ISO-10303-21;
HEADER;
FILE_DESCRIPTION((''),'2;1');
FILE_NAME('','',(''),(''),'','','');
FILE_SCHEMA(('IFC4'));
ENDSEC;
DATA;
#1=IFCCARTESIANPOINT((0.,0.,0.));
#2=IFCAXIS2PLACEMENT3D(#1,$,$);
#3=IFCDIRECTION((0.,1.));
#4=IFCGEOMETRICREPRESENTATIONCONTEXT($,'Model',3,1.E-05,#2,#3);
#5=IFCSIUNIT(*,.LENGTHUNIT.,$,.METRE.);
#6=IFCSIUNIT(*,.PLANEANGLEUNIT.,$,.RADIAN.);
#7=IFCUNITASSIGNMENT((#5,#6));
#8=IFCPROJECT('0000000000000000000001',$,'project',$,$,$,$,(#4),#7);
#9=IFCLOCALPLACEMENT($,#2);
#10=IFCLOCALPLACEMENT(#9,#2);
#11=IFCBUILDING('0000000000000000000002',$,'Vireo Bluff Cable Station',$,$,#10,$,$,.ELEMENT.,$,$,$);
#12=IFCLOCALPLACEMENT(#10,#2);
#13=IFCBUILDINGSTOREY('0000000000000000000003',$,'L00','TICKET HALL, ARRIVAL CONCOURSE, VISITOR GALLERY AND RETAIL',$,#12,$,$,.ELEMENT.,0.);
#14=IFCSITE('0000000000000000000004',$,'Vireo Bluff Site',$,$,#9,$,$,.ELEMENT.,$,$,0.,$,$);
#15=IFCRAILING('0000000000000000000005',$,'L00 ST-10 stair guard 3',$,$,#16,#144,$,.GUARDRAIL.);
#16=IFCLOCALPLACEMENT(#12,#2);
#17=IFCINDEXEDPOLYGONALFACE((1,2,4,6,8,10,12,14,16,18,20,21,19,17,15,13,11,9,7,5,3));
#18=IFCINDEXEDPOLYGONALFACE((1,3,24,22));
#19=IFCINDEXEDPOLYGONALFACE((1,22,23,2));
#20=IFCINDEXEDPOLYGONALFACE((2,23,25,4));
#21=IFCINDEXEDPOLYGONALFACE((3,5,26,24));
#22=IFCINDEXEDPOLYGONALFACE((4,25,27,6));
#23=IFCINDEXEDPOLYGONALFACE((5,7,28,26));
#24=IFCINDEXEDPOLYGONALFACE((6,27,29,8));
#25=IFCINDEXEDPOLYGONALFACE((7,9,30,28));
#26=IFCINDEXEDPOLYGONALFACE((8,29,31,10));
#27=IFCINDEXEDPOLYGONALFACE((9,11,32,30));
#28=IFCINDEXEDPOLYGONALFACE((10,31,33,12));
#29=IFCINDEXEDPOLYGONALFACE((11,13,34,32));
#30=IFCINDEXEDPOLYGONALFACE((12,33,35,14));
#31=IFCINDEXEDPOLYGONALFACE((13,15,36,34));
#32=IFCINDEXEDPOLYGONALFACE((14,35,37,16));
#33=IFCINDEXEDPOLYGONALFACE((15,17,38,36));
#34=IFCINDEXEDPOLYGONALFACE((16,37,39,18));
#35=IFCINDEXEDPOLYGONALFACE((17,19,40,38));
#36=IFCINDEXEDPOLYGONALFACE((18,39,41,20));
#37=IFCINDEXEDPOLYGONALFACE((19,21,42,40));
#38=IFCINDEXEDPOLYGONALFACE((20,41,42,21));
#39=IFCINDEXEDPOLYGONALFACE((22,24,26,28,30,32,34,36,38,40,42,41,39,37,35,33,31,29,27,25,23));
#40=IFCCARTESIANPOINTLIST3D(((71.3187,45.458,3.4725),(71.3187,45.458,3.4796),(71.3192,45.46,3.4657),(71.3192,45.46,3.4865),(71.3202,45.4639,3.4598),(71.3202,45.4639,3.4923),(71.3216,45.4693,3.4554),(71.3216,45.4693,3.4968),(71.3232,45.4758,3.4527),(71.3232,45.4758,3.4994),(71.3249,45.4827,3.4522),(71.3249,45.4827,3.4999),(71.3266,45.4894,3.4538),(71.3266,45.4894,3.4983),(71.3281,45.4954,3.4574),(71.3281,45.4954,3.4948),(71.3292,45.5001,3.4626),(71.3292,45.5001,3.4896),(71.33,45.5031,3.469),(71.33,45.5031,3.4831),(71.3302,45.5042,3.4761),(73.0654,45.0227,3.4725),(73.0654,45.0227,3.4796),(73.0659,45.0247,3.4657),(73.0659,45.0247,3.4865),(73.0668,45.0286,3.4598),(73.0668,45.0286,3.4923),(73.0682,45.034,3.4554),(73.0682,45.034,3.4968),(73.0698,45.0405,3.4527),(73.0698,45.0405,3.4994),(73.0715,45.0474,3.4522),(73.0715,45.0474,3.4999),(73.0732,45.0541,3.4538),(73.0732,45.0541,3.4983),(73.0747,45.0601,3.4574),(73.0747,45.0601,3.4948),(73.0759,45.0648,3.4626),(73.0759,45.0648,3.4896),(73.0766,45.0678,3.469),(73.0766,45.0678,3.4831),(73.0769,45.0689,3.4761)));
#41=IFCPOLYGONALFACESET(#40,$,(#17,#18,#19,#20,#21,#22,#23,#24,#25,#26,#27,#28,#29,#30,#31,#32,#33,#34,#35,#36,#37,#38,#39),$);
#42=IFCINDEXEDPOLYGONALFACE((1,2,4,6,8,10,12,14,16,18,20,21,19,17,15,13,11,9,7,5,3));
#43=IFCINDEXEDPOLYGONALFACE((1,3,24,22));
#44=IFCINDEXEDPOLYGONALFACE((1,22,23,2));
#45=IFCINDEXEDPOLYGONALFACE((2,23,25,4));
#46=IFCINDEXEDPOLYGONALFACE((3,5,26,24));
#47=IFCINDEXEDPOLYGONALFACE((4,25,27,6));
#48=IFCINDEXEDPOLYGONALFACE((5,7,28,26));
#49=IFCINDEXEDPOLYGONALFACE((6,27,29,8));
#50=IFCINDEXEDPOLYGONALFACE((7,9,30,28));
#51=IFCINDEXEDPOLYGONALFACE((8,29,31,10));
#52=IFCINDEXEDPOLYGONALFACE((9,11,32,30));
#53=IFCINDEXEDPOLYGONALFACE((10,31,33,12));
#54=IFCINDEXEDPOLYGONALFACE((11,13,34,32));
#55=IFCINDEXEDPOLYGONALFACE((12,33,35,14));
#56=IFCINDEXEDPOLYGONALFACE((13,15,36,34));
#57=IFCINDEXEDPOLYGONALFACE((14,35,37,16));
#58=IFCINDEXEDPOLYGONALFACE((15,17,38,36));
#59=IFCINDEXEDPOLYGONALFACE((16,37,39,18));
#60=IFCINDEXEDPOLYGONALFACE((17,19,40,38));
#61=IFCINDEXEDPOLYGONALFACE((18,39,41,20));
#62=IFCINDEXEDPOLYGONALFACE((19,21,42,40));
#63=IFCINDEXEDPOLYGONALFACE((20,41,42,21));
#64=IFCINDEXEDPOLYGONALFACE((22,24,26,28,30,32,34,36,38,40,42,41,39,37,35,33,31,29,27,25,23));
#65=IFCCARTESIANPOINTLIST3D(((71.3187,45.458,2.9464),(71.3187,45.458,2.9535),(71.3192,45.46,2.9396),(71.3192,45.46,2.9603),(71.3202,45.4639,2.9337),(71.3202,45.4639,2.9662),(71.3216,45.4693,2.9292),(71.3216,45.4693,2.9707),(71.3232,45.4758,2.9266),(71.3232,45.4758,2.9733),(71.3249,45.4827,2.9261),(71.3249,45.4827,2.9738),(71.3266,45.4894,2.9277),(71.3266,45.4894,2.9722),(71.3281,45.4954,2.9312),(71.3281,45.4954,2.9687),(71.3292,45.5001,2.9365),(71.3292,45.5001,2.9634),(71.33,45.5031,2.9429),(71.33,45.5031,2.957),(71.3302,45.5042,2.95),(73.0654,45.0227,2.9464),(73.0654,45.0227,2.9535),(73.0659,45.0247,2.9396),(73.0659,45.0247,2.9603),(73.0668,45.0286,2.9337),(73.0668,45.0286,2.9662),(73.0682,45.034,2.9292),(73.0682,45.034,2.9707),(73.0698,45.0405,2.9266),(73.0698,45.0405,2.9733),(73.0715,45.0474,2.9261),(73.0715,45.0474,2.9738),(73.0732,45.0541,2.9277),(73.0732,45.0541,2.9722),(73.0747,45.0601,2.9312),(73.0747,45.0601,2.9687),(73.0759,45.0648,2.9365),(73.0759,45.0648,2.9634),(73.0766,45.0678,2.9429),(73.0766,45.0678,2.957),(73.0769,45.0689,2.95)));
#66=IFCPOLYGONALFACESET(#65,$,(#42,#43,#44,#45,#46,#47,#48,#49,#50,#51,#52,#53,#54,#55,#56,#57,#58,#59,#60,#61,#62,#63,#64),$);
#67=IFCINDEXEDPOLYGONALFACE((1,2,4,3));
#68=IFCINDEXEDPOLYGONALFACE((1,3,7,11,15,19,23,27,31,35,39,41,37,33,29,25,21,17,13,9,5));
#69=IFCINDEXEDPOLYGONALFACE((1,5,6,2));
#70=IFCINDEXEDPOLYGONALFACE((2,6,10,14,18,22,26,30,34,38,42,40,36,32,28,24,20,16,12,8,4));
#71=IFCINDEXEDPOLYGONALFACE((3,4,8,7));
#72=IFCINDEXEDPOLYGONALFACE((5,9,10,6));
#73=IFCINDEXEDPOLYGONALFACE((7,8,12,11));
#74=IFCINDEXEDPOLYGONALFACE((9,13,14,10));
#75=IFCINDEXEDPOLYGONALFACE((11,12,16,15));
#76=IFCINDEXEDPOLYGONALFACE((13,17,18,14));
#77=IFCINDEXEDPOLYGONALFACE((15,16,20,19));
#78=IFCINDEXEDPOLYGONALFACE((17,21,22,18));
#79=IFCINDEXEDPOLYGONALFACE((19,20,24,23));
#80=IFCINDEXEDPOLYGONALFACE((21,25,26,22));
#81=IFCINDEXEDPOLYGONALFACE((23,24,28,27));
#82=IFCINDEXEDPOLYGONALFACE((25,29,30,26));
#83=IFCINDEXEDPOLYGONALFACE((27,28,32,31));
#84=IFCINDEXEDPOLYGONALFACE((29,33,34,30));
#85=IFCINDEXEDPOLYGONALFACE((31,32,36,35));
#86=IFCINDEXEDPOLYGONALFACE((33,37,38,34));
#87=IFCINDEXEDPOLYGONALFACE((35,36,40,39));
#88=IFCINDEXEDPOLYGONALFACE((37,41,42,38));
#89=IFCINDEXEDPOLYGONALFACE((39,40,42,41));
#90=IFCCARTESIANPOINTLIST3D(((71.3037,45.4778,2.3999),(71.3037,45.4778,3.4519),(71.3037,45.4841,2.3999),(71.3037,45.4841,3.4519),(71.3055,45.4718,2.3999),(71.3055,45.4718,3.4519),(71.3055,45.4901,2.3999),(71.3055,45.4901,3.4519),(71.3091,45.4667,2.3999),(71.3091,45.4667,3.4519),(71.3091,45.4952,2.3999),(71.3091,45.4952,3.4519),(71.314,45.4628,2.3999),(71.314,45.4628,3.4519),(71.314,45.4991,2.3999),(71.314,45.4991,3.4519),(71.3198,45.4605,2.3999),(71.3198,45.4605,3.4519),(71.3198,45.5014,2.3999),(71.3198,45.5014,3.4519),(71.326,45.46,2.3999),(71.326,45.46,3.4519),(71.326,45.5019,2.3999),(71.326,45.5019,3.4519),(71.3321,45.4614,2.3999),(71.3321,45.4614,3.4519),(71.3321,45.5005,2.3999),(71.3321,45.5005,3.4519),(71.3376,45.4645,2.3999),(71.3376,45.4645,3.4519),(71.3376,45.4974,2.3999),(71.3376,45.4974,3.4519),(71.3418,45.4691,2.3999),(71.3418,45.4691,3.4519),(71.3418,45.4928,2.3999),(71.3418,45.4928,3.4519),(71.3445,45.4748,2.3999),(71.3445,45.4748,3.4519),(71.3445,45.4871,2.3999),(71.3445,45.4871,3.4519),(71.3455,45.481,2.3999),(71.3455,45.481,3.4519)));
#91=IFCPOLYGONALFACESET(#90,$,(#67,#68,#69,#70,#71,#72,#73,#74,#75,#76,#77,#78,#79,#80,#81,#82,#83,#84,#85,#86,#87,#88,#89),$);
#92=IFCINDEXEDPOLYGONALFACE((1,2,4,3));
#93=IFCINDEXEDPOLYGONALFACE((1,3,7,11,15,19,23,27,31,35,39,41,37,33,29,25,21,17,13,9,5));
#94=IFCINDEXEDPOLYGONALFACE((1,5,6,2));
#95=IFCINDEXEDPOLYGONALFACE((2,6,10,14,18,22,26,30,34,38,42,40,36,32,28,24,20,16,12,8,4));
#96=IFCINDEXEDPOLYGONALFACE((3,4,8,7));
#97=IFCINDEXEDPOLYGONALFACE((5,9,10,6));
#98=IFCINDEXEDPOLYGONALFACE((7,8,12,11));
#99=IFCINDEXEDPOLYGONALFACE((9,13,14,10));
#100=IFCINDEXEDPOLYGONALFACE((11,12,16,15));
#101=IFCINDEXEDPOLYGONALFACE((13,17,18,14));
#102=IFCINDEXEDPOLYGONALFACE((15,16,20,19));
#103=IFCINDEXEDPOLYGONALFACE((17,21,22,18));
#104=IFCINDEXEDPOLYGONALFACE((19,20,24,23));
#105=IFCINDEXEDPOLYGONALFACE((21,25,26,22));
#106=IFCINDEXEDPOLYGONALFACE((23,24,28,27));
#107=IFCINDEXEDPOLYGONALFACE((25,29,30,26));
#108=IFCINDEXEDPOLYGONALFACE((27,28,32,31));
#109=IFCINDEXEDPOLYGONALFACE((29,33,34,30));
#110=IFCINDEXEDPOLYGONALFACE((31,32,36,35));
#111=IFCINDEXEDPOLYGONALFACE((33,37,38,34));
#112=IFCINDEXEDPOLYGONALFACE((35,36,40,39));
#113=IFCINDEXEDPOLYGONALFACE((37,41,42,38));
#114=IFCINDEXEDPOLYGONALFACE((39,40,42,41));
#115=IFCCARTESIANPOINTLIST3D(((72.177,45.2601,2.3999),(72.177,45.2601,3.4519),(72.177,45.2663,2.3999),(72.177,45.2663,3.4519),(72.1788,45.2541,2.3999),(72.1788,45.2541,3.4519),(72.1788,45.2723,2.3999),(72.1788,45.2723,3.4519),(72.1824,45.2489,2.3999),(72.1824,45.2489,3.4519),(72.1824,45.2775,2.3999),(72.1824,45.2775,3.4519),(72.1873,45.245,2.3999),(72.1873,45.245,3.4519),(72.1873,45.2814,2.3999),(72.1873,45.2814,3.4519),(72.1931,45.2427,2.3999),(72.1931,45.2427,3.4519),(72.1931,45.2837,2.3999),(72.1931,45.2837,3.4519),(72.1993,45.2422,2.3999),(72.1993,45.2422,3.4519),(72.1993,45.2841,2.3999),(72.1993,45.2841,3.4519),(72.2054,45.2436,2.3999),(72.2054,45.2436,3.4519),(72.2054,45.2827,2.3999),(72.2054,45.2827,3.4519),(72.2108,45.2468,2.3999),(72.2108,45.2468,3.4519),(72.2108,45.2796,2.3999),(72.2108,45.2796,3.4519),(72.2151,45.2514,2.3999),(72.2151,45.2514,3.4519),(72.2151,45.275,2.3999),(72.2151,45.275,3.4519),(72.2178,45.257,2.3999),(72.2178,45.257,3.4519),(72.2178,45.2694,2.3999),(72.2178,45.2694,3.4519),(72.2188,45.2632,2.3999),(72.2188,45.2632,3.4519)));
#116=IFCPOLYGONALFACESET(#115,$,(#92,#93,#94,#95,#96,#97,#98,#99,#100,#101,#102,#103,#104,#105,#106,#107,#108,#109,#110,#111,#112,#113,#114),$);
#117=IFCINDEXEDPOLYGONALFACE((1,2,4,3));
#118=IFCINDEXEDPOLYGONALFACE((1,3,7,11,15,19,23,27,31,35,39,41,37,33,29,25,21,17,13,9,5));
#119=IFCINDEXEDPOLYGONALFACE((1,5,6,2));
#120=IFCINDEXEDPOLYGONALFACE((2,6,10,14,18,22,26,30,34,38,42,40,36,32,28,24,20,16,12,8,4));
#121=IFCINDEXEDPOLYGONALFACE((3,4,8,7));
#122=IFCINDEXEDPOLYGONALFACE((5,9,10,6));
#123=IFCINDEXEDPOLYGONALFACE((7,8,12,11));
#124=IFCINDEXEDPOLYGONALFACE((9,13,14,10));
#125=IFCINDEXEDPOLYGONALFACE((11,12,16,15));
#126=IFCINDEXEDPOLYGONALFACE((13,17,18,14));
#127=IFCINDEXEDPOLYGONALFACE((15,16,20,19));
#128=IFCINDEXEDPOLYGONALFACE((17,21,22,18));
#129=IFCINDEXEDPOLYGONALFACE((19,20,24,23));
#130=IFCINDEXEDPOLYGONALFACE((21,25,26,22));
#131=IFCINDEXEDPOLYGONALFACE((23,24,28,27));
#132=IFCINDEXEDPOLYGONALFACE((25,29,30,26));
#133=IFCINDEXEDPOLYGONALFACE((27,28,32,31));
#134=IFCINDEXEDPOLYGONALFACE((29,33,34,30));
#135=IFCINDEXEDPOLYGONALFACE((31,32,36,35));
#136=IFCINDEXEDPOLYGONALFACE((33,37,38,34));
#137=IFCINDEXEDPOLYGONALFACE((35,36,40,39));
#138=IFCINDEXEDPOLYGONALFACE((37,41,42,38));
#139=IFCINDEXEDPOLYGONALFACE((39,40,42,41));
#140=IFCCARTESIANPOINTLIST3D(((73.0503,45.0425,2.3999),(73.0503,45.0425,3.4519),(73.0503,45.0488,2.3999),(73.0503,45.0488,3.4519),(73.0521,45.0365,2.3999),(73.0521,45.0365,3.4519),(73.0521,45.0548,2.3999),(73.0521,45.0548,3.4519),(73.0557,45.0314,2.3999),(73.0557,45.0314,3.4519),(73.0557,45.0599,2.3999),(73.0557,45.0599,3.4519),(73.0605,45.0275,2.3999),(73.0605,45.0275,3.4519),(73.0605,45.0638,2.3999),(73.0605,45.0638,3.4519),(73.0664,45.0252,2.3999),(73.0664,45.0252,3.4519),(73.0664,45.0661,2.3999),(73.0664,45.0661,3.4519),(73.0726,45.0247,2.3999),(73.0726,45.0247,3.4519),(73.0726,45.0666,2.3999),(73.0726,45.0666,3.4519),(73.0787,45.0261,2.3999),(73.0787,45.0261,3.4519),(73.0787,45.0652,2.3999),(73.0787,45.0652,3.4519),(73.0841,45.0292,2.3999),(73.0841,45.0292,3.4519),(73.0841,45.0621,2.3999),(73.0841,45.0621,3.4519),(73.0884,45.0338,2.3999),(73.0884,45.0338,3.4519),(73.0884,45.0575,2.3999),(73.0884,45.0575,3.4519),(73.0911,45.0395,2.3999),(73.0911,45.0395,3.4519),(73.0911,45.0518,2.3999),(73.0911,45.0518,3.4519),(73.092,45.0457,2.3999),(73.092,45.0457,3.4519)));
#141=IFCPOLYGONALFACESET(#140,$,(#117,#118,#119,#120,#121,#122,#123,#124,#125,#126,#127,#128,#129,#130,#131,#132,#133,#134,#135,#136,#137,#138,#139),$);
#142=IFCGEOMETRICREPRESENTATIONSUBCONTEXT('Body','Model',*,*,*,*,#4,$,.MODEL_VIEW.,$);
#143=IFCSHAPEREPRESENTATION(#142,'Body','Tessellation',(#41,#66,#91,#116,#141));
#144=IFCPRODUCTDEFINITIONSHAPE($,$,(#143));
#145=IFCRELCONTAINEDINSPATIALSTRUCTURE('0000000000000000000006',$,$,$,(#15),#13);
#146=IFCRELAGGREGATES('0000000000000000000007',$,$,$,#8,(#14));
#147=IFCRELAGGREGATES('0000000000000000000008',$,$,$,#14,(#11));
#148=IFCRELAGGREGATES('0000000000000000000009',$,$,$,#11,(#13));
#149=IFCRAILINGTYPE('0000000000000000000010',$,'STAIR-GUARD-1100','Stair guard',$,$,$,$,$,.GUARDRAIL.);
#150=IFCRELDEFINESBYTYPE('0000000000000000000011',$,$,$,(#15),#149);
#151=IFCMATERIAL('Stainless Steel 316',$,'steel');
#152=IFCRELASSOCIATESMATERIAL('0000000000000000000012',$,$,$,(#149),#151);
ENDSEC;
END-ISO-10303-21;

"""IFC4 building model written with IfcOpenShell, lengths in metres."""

from ifc_helpers import new_model, si_unit, direction, frame, origin, origin_2d, place, context, subcontext, project, spatial, circle, extrude, material, type_object, element, save


model = new_model("IFC4")

# Units and contexts
model_context = context("Model", 3, precision=1e-05, world=origin(), true_north=direction((0.0, 1.0)))
body_context = subcontext(model_context, "Body", "Model", "MODEL_VIEW")
ifc_project = project(units=[si_unit("LENGTHUNIT", "METRE"), si_unit("PLANEANGLEUNIT", "RADIAN")], contexts=[model_context])

# Site, building, storey
site_placement = place(None, origin())
site = spatial("IfcSite", under=ifc_project, at=site_placement, Name="Vireo Bluff Site", CompositionType="ELEMENT", RefElevation=0.0)
building_placement = place(site_placement, origin())
building = spatial("IfcBuilding", under=site, at=building_placement, Name="Vireo Bluff Cable Station", CompositionType="ELEMENT")
storey_placement = place(building_placement, origin())
storey = spatial("IfcBuildingStorey", under=building, at=storey_placement, Name="L00", Description="TICKET HALL, ARRIVAL CONCOURSE, VISITOR GALLERY AND RETAIL", CompositionType="ELEMENT", Elevation=0.0)

# Railing
ifc_material_1 = material(Name="Stainless Steel 316", Category="steel")
railing_type_1 = type_object("IfcRailingType", Name="STAIR-GUARD-1100", Description="Stair guard", PredefinedType="GUARDRAIL", material=ifc_material_1)
railing_1_placement = place(storey_placement, frame((71.3245, 45.481, 2.3999)))
element("IfcRailing", 1, at=railing_1_placement, inside=storey, type_object=railing_type_1, Name="L00 ST-10 stair guard 3", PredefinedType="GUARDRAIL", context=body_context, shape_type="SweptSolid", body=[
    extrude(circle(Radius=0.0239, at=origin_2d()), frame((0.0, 0.0, 1.0762), z_axis=(0.970318, -0.241833, 0.0), x_axis=(0.241833, 0.970318, 0.0)), (0.0, 0.0, 1.0), 1.8),
    extrude(circle(Radius=0.0239, at=origin_2d()), frame((0.0, 0.0, 0.55), z_axis=(0.970318, -0.241833, 0.0), x_axis=(0.241833, 0.970318, 0.0)), (0.0, 0.0, 1.0), 1.8),
    extrude(circle(Radius=0.021, at=origin_2d()), origin(), (0.0, 0.0, 1.0), 1.052),
    extrude(circle(Radius=0.021, at=origin_2d()), frame((0.8733, -0.2178, 0.0)), (0.0, 0.0, 1.0), 1.052),
    extrude(circle(Radius=0.021, at=origin_2d()), frame((1.7466, -0.4353, 0.0)), (0.0, 0.0, 1.0), 1.052),
])

save(model, "model.ifc")
